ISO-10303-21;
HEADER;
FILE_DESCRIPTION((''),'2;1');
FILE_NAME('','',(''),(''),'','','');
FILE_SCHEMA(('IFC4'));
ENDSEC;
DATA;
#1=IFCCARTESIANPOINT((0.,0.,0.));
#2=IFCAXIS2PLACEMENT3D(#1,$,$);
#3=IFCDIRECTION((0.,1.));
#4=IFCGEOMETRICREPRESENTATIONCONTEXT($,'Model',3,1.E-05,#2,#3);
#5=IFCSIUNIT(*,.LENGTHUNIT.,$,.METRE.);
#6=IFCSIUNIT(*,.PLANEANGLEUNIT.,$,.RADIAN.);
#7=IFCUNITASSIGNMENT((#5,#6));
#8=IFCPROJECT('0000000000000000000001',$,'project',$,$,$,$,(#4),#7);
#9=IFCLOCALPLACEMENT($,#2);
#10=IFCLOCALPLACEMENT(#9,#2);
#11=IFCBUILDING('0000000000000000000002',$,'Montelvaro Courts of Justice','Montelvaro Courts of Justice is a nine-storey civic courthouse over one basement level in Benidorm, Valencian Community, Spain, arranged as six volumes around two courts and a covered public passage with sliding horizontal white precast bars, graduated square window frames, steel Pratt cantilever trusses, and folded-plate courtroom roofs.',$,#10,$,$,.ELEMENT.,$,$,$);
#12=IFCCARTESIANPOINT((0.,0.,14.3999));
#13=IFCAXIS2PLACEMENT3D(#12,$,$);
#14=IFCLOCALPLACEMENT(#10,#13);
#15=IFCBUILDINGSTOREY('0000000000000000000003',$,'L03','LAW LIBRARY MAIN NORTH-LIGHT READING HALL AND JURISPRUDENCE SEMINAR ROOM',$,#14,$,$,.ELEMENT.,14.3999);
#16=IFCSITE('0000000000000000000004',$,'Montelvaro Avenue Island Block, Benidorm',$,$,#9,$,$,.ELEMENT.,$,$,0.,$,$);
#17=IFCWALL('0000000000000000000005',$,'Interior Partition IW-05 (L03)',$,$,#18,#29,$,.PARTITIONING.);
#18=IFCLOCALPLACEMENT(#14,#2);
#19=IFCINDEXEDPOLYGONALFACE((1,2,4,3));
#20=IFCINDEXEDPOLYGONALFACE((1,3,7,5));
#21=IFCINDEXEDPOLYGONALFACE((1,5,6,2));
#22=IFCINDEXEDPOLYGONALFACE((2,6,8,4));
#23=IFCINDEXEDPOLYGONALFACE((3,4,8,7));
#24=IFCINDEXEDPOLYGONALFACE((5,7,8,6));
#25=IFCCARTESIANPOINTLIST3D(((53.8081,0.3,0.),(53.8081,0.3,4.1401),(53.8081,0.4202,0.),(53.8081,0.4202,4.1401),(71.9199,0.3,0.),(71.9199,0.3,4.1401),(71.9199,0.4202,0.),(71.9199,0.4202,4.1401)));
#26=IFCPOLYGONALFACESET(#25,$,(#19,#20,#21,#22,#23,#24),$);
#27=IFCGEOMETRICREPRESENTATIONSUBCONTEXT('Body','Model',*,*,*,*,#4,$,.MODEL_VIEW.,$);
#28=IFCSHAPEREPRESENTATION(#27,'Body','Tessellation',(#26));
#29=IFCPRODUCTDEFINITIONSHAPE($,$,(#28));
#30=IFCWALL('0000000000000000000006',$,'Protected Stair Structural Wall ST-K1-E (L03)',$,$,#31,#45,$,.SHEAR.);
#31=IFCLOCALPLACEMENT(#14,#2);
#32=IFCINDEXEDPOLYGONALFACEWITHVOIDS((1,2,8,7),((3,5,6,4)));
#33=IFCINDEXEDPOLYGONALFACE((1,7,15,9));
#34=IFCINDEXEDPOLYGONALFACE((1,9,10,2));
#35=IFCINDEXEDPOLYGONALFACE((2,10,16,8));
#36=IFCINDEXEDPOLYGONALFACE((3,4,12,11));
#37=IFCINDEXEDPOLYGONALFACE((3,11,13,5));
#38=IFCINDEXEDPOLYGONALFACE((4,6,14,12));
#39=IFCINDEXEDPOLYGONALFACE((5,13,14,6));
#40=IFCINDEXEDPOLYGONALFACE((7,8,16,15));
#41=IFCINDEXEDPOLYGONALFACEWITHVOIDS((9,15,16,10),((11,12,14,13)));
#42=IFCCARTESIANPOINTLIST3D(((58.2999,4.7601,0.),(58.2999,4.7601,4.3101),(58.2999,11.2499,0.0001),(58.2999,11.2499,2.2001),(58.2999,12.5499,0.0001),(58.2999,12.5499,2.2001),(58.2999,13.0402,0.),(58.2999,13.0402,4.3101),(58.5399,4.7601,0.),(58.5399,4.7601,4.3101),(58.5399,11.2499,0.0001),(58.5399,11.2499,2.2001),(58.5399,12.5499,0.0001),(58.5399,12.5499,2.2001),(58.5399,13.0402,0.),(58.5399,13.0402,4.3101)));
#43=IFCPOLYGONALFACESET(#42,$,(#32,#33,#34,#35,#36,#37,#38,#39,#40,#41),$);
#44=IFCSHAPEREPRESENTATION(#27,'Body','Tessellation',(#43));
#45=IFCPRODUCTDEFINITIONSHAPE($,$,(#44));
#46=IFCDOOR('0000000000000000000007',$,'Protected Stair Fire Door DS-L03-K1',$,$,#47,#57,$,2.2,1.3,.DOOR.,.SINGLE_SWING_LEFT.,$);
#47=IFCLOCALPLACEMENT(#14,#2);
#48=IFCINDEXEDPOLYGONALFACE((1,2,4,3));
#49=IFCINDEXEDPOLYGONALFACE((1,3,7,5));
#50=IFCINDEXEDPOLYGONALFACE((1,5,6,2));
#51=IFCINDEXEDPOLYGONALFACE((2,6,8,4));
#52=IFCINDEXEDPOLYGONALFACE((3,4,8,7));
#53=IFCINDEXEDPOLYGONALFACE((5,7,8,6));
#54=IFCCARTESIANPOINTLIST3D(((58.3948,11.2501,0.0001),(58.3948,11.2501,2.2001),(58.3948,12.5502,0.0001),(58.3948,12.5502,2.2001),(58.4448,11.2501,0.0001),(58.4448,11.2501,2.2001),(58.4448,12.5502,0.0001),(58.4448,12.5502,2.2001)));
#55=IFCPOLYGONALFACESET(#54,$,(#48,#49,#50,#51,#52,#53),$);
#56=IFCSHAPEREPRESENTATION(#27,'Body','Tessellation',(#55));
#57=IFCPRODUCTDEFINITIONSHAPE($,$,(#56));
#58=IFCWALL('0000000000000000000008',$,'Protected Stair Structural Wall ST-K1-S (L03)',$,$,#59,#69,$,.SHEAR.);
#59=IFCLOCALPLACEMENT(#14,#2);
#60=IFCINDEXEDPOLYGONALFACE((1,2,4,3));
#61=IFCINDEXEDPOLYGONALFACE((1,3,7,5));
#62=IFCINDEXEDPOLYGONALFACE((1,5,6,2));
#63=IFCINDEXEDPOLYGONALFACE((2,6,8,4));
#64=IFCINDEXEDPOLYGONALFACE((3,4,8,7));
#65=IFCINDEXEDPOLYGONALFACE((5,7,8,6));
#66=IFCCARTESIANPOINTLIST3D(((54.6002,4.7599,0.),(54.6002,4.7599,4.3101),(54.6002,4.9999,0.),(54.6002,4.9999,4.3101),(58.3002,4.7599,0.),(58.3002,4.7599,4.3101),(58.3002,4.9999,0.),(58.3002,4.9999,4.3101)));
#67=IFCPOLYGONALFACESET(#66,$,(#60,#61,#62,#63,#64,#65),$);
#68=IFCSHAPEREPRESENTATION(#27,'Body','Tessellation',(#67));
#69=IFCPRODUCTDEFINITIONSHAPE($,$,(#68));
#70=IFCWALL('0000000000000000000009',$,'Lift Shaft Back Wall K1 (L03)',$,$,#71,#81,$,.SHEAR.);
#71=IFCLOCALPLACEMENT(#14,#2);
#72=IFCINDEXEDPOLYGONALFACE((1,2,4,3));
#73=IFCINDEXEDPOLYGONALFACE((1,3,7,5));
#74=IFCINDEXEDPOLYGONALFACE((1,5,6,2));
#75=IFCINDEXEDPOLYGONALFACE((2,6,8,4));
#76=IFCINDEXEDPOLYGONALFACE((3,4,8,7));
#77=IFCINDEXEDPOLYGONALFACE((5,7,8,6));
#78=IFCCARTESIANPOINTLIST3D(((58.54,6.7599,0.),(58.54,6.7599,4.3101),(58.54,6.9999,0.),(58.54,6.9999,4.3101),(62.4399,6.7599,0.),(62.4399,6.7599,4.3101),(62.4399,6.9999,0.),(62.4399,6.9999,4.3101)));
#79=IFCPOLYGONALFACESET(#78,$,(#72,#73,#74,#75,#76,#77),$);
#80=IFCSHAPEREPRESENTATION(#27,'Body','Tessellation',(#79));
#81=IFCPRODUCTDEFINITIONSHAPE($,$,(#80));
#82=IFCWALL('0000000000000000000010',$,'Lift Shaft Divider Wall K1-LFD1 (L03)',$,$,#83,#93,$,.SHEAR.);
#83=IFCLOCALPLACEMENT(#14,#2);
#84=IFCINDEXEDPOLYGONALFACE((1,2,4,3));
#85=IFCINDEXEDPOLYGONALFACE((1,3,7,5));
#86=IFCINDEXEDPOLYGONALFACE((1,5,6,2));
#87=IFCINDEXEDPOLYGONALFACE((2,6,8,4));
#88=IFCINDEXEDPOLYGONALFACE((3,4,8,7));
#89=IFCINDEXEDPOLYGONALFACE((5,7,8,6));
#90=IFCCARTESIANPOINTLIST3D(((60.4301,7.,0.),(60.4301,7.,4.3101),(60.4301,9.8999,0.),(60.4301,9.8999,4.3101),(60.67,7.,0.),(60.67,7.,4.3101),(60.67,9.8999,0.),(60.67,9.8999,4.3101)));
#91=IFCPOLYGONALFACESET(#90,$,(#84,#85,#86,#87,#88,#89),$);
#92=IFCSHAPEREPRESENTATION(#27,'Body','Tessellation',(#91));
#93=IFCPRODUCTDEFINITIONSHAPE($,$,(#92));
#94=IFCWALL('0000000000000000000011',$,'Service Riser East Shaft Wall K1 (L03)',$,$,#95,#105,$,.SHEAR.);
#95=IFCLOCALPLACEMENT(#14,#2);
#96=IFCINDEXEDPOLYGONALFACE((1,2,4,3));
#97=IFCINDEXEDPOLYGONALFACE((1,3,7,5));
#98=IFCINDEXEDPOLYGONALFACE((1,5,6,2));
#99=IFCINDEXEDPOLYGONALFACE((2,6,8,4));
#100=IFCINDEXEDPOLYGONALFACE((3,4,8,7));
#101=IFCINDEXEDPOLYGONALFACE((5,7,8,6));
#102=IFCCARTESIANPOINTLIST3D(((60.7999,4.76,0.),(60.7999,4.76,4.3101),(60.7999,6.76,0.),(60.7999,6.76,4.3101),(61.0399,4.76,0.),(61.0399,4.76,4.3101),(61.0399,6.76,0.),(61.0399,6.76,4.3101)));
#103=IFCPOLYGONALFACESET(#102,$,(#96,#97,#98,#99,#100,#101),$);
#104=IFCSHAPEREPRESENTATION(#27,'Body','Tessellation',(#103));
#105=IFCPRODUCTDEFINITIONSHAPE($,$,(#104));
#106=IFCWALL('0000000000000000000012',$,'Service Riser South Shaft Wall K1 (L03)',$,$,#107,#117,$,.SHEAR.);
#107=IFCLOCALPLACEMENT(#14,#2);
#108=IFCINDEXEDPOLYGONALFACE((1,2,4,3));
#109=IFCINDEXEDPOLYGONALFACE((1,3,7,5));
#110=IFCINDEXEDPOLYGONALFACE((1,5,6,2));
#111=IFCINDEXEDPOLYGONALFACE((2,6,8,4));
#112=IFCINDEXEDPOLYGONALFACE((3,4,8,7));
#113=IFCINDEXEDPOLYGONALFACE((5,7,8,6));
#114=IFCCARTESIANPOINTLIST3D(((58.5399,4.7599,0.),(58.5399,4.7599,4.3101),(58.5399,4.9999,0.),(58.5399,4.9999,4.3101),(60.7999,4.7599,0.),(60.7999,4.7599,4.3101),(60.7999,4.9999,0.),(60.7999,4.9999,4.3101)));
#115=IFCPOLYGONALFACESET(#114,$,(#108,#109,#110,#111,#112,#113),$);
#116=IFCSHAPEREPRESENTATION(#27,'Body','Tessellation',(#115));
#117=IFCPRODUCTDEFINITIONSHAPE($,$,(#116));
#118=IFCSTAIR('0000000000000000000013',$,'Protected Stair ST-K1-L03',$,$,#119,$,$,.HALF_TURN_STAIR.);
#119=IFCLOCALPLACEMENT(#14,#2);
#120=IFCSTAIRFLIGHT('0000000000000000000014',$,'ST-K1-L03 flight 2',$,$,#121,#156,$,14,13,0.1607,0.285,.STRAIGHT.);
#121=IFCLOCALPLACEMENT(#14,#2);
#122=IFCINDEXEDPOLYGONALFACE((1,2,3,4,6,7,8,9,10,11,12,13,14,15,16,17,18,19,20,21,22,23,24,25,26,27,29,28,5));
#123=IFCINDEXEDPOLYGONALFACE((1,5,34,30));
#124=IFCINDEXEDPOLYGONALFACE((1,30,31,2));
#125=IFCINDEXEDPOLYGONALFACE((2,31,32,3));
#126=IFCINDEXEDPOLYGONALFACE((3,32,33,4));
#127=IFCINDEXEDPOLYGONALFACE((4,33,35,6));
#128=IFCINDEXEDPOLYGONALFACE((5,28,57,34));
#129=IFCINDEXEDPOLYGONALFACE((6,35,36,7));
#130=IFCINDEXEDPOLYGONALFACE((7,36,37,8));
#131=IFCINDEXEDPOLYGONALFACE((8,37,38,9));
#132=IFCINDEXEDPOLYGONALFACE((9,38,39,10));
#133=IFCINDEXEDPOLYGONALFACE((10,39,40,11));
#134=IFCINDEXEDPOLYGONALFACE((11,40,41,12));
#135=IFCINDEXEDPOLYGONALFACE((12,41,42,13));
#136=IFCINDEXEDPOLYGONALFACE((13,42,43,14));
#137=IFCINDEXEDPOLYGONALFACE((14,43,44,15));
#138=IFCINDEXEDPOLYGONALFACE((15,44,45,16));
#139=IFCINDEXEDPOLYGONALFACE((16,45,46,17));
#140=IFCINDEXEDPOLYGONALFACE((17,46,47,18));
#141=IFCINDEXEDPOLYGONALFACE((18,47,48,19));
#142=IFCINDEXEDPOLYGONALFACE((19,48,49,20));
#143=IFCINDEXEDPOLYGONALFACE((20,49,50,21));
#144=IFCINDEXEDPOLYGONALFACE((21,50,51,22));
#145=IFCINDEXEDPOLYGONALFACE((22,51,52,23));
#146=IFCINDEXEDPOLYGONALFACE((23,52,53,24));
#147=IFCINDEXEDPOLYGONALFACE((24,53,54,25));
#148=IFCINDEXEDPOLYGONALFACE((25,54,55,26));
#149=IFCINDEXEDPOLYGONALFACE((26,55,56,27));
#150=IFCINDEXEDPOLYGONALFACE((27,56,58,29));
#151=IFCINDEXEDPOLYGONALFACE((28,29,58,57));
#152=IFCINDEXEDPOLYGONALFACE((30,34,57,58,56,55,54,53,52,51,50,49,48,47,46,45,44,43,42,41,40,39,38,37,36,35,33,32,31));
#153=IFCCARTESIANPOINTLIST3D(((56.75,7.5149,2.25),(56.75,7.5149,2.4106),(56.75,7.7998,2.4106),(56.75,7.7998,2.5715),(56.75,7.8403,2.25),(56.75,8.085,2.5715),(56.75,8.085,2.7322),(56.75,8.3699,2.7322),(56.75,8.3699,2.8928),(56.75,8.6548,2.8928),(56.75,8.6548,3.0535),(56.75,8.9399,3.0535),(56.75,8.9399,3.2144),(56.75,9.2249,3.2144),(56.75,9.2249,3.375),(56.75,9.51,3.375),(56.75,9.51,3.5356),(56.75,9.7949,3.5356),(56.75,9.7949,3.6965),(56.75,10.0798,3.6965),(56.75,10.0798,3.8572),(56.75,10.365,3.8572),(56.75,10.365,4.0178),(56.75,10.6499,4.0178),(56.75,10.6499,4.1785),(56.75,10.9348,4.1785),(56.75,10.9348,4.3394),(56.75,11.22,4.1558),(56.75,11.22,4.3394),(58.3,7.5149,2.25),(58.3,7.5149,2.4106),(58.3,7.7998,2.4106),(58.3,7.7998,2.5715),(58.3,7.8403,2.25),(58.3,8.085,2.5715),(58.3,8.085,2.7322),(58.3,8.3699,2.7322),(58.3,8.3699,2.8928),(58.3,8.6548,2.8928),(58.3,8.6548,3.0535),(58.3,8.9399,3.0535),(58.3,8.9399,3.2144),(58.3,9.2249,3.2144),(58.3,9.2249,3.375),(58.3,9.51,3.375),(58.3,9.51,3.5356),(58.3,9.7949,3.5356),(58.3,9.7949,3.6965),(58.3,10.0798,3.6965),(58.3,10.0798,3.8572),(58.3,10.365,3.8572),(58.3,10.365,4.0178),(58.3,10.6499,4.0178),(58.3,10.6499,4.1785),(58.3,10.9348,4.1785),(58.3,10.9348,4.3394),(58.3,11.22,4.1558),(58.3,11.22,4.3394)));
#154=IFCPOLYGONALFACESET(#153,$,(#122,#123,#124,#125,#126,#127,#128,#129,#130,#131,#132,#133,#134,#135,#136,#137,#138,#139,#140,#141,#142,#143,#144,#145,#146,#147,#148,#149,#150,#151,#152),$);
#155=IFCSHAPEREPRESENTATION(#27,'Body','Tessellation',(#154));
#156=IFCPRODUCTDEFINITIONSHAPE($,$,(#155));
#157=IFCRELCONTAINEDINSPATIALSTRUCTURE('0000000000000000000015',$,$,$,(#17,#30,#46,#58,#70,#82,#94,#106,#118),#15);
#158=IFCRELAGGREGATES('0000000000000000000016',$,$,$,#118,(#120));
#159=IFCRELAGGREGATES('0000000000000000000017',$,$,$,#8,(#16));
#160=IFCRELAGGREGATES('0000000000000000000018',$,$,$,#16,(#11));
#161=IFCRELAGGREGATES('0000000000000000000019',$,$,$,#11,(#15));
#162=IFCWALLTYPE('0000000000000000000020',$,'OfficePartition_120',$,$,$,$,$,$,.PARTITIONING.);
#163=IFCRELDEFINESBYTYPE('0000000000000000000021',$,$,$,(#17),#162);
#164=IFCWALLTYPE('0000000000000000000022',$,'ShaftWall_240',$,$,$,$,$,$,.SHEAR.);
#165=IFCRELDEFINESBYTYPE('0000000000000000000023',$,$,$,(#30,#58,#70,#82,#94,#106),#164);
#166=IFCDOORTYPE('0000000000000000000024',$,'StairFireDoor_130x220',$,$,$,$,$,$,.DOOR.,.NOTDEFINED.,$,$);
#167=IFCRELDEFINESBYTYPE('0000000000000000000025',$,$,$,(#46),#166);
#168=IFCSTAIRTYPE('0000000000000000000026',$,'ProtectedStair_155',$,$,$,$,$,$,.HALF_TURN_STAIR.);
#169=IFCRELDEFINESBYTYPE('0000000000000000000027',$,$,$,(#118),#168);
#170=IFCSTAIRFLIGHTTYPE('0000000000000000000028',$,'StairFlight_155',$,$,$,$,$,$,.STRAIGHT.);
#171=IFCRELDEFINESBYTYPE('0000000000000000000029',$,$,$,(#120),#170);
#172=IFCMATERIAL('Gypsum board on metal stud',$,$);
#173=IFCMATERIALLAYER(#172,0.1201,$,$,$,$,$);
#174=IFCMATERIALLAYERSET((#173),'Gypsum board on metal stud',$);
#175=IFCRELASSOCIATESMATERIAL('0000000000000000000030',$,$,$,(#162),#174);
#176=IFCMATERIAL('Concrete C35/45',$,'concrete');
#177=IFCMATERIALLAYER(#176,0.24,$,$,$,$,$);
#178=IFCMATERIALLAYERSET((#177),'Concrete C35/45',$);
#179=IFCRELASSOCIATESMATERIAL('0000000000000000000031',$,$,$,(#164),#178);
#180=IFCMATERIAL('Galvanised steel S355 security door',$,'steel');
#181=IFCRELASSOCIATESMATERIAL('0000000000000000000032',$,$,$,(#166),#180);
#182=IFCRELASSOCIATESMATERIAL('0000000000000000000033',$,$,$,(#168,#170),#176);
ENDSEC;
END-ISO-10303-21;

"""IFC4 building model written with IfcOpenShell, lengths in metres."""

from ifc_helpers import new_model, si_unit, direction, frame, frame_2d, origin, place, context, subcontext, project, spatial, polyline, rectangle, outline, extrude, material, layer, layer_set, type_object, element, fill, aggregate, save


model = new_model("IFC4")

# Units and contexts
model_context = context("Model", 3, precision=1e-05, world=origin(), true_north=direction((0.0, 1.0)))
body_context = subcontext(model_context, "Body", "Model", "MODEL_VIEW")
ifc_project = project(units=[si_unit("LENGTHUNIT", "METRE"), si_unit("PLANEANGLEUNIT", "RADIAN")], contexts=[model_context])

# Site, building, storey
site_placement = place(None, origin())
site = spatial("IfcSite", under=ifc_project, at=site_placement, Name="Montelvaro Avenue Island Block, Benidorm", CompositionType="ELEMENT", RefElevation=0.0)
building_placement = place(site_placement, origin())
building = spatial("IfcBuilding", under=site, at=building_placement, Name="Montelvaro Courts of Justice", Description="Montelvaro Courts of Justice is a nine-storey civic courthouse over one basement level in Benidorm, Valencian Community, Spain, arranged as six volumes around two courts and a covered public passage with sliding horizontal white precast bars, graduated square window frames, steel Pratt cantilever trusses, and folded-plate courtroom roofs.", CompositionType="ELEMENT")
storey_placement = place(building_placement, frame((0.0, 0.0, 14.3999)))
storey = spatial("IfcBuildingStorey", under=building, at=storey_placement, Name="L03", Description="LAW LIBRARY MAIN NORTH-LIGHT READING HALL AND JURISPRUDENCE SEMINAR ROOM", CompositionType="ELEMENT", Elevation=14.3999)

# Wall
ifc_material_1 = material(Name="Gypsum board on metal stud")
ifc_layer_1 = layer(ifc_material_1, 0.1201)
ifc_layer_set_1 = layer_set([ifc_layer_1], Name="Gypsum board on metal stud")
wall_type_1 = type_object("IfcWallType", Name="OfficePartition_120", PredefinedType="PARTITIONING", material=ifc_layer_set_1)
wall_1_placement = place(storey_placement, frame((71.9199, 0.3601, 0.0), z_axis=(0.0, 0.0, 1.0), x_axis=(-1.0, 0.0, 0.0)))
element("IfcWall", 1, at=wall_1_placement, inside=storey, type_object=wall_type_1, Name="Interior Partition IW-05 (L03)", PredefinedType="PARTITIONING", context=body_context, shape_type="SweptSolid", body=[
    extrude(rectangle(XDim=18.1118, YDim=0.1201, at=frame_2d((9.0559, 0.0))), origin(), (0.0, 0.0, 1.0), 4.1401),
])

# Wall, opening, door
ifc_material_2 = material(Name="Concrete C35/45", Category="concrete")
ifc_layer_2 = layer(ifc_material_2, 0.24)
ifc_layer_set_2 = layer_set([ifc_layer_2], Name="Concrete C35/45")
wall_type_2 = type_object("IfcWallType", Name="ShaftWall_240", PredefinedType="SHEAR", material=ifc_layer_set_2)
wall_2_placement = place(storey_placement, frame((58.4199, 4.76, 0.0), z_axis=(0.0, 0.0, 1.0), x_axis=(0.0, 1.0, 0.0)))
wall_2 = element("IfcWall", 2, at=wall_2_placement, inside=storey, type_object=wall_type_2, Name="Protected Stair Structural Wall ST-K1-E (L03)", PredefinedType="SHEAR", context=body_context, shape_type="SweptSolid", body=[
    extrude(rectangle(XDim=8.28, YDim=0.24, at=frame_2d((4.1401, 0.0))), origin(), (0.0, 0.0, 1.0), 4.3101),
])
opening_1_placement = place(wall_2_placement, frame((6.49, 0.0, 0.0)))
opening_1 = element("IfcOpeningElement", 3, at=opening_1_placement, cuts=wall_2, PredefinedType="OPENING", context=body_context, shape_type="SweptSolid", body=[
    extrude(rectangle(XDim=1.3, YDim=2.2, at=frame_2d((0.6499, 1.1001))), frame((0.0, 0.1348, 0.0), z_axis=(0.0, -1.0, 0.0), x_axis=(1.0, 0.0, 0.0)), (0.0, 0.0, 1.0), 0.2698),
])
ifc_material_3 = material(Name="Galvanised steel S355 security door", Category="steel")
door_type = type_object("IfcDoorType", Name="StairFireDoor_130x220", OperationType="NOTDEFINED", PredefinedType="DOOR", material=ifc_material_3)
door_placement = place(opening_1_placement, frame((1.3, 0.0, 0.0), z_axis=(0.0, 0.0, 1.0), x_axis=(-1.0, 0.0, 0.0)))
door = element("IfcDoor", 4, at=door_placement, inside=storey, type_object=door_type, Name="Protected Stair Fire Door DS-L03-K1", OperationType="SINGLE_SWING_LEFT", OverallHeight=2.2, OverallWidth=1.3, PredefinedType="DOOR", context=body_context, shape_type="SweptSolid", body=[
    extrude(rectangle(XDim=1.3, YDim=2.2, at=frame_2d((0.6499, 1.1001))), frame((0.0, 0.0249, 0.0), z_axis=(0.0, -1.0, 0.0), x_axis=(1.0, 0.0, 0.0)), (0.0, 0.0, 1.0), 0.05),
])
fill(opening_1, door)

# Walls
wall_3_placement = place(storey_placement, frame((54.6001, 4.8799, 0.0), z_axis=(0.0, 0.0, 1.0), x_axis=(1.0, 0.0, 0.0)))
element("IfcWall", 5, at=wall_3_placement, inside=storey, type_object=wall_type_2, Name="Protected Stair Structural Wall ST-K1-S (L03)", PredefinedType="SHEAR", context=body_context, shape_type="SweptSolid", body=[
    extrude(rectangle(XDim=3.7, YDim=0.24, at=frame_2d((1.8501, 0.0))), origin(), (0.0, 0.0, 1.0), 4.3101),
])
wall_4_placement = place(storey_placement, frame((58.54, 6.8799, 0.0), z_axis=(0.0, 0.0, 1.0), x_axis=(1.0, 0.0, 0.0)))
element("IfcWall", 6, at=wall_4_placement, inside=storey, type_object=wall_type_2, Name="Lift Shaft Back Wall K1 (L03)", PredefinedType="SHEAR", context=body_context, shape_type="SweptSolid", body=[
    extrude(rectangle(XDim=3.8999, YDim=0.24, at=frame_2d((1.95, 0.0))), origin(), (0.0, 0.0, 1.0), 4.3101),
])
wall_5_placement = place(storey_placement, frame((60.55, 7.0, 0.0), z_axis=(0.0, 0.0, 1.0), x_axis=(0.0, 1.0, 0.0)))
element("IfcWall", 7, at=wall_5_placement, inside=storey, type_object=wall_type_2, Name="Lift Shaft Divider Wall K1-LFD1 (L03)", PredefinedType="SHEAR", context=body_context, shape_type="SweptSolid", body=[
    extrude(rectangle(XDim=2.8999, YDim=0.24, at=frame_2d((1.45, 0.0))), origin(), (0.0, 0.0, 1.0), 4.3101),
])
wall_6_placement = place(storey_placement, frame((60.9199, 4.76, 0.0), z_axis=(0.0, 0.0, 1.0), x_axis=(0.0, 1.0, 0.0)))
element("IfcWall", 8, at=wall_6_placement, inside=storey, type_object=wall_type_2, Name="Service Riser East Shaft Wall K1 (L03)", PredefinedType="SHEAR", context=body_context, shape_type="SweptSolid", body=[
    extrude(rectangle(XDim=2.0, YDim=0.24, at=frame_2d((1.0, 0.0))), origin(), (0.0, 0.0, 1.0), 4.3101),
])
wall_7_placement = place(storey_placement, frame((58.54, 4.8799, 0.0), z_axis=(0.0, 0.0, 1.0), x_axis=(1.0, 0.0, 0.0)))
element("IfcWall", 9, at=wall_7_placement, inside=storey, type_object=wall_type_2, Name="Service Riser South Shaft Wall K1 (L03)", PredefinedType="SHEAR", context=body_context, shape_type="SweptSolid", body=[
    extrude(rectangle(XDim=2.26, YDim=0.24, at=frame_2d((1.1299, 0.0))), origin(), (0.0, 0.0, 1.0), 4.3101),
])

# Stair, stair flight
stair_type = type_object("IfcStairType", Name="ProtectedStair_155", PredefinedType="HALF_TURN_STAIR", material=ifc_material_2)
stair_placement = place(storey_placement, origin())
stair = element("IfcStair", 10, at=stair_placement, inside=storey, type_object=stair_type, Name="Protected Stair ST-K1-L03", PredefinedType="HALF_TURN_STAIR")
stair_flight_type = type_object("IfcStairFlightType", Name="StairFlight_155", PredefinedType="STRAIGHT", material=ifc_material_2)
stair_flight_placement = place(storey_placement, frame((57.5249, 7.5149, 2.25), z_axis=(0.0, 0.0, 1.0), x_axis=(0.0, 1.0, 0.0)))
stair_flight = element("IfcStairFlight", 11, at=stair_flight_placement, type_object=stair_flight_type, Name="ST-K1-L03 flight 2", NumberOfRisers=14, NumberOfTreads=13, PredefinedType="STRAIGHT", RiserHeight=0.1607, TreadLength=0.285, context=body_context, shape_type="SweptSolid", body=[
    extrude(outline(polyline([(0.0, 0.0), (0.0, 0.1606), (0.2849, 0.1606), (0.2849, 0.3215), (0.5701, 0.3215), (0.5701, 0.4822), (0.855, 0.4822), (0.855, 0.6428), (1.1399, 0.6428), (1.1399, 0.8035), (1.425, 0.8035), (1.425, 0.9644), (1.71, 0.9644), (1.71, 1.125), (1.9951, 1.125), (1.9951, 1.2856), (2.28, 1.2856), (2.28, 1.4465), (2.5649, 1.4465), (2.5649, 1.6072), (2.8501, 1.6072), (2.8501, 1.7678), (3.135, 1.7678), (3.135, 1.9285), (3.4199, 1.9285), (3.4199, 2.0894), (3.7051, 2.0894), (3.7051, 2.25), (3.7051, 1.9058), (0.3254, 0.0), (0.0, 0.0)])), frame((0.0, 0.7749, 0.0), z_axis=(0.0, -1.0, 0.0), x_axis=(1.0, 0.0, 0.0)), (0.0, 0.0, 1.0), 1.55),
])
aggregate(stair, [stair_flight])

save(model, "model.ifc")
